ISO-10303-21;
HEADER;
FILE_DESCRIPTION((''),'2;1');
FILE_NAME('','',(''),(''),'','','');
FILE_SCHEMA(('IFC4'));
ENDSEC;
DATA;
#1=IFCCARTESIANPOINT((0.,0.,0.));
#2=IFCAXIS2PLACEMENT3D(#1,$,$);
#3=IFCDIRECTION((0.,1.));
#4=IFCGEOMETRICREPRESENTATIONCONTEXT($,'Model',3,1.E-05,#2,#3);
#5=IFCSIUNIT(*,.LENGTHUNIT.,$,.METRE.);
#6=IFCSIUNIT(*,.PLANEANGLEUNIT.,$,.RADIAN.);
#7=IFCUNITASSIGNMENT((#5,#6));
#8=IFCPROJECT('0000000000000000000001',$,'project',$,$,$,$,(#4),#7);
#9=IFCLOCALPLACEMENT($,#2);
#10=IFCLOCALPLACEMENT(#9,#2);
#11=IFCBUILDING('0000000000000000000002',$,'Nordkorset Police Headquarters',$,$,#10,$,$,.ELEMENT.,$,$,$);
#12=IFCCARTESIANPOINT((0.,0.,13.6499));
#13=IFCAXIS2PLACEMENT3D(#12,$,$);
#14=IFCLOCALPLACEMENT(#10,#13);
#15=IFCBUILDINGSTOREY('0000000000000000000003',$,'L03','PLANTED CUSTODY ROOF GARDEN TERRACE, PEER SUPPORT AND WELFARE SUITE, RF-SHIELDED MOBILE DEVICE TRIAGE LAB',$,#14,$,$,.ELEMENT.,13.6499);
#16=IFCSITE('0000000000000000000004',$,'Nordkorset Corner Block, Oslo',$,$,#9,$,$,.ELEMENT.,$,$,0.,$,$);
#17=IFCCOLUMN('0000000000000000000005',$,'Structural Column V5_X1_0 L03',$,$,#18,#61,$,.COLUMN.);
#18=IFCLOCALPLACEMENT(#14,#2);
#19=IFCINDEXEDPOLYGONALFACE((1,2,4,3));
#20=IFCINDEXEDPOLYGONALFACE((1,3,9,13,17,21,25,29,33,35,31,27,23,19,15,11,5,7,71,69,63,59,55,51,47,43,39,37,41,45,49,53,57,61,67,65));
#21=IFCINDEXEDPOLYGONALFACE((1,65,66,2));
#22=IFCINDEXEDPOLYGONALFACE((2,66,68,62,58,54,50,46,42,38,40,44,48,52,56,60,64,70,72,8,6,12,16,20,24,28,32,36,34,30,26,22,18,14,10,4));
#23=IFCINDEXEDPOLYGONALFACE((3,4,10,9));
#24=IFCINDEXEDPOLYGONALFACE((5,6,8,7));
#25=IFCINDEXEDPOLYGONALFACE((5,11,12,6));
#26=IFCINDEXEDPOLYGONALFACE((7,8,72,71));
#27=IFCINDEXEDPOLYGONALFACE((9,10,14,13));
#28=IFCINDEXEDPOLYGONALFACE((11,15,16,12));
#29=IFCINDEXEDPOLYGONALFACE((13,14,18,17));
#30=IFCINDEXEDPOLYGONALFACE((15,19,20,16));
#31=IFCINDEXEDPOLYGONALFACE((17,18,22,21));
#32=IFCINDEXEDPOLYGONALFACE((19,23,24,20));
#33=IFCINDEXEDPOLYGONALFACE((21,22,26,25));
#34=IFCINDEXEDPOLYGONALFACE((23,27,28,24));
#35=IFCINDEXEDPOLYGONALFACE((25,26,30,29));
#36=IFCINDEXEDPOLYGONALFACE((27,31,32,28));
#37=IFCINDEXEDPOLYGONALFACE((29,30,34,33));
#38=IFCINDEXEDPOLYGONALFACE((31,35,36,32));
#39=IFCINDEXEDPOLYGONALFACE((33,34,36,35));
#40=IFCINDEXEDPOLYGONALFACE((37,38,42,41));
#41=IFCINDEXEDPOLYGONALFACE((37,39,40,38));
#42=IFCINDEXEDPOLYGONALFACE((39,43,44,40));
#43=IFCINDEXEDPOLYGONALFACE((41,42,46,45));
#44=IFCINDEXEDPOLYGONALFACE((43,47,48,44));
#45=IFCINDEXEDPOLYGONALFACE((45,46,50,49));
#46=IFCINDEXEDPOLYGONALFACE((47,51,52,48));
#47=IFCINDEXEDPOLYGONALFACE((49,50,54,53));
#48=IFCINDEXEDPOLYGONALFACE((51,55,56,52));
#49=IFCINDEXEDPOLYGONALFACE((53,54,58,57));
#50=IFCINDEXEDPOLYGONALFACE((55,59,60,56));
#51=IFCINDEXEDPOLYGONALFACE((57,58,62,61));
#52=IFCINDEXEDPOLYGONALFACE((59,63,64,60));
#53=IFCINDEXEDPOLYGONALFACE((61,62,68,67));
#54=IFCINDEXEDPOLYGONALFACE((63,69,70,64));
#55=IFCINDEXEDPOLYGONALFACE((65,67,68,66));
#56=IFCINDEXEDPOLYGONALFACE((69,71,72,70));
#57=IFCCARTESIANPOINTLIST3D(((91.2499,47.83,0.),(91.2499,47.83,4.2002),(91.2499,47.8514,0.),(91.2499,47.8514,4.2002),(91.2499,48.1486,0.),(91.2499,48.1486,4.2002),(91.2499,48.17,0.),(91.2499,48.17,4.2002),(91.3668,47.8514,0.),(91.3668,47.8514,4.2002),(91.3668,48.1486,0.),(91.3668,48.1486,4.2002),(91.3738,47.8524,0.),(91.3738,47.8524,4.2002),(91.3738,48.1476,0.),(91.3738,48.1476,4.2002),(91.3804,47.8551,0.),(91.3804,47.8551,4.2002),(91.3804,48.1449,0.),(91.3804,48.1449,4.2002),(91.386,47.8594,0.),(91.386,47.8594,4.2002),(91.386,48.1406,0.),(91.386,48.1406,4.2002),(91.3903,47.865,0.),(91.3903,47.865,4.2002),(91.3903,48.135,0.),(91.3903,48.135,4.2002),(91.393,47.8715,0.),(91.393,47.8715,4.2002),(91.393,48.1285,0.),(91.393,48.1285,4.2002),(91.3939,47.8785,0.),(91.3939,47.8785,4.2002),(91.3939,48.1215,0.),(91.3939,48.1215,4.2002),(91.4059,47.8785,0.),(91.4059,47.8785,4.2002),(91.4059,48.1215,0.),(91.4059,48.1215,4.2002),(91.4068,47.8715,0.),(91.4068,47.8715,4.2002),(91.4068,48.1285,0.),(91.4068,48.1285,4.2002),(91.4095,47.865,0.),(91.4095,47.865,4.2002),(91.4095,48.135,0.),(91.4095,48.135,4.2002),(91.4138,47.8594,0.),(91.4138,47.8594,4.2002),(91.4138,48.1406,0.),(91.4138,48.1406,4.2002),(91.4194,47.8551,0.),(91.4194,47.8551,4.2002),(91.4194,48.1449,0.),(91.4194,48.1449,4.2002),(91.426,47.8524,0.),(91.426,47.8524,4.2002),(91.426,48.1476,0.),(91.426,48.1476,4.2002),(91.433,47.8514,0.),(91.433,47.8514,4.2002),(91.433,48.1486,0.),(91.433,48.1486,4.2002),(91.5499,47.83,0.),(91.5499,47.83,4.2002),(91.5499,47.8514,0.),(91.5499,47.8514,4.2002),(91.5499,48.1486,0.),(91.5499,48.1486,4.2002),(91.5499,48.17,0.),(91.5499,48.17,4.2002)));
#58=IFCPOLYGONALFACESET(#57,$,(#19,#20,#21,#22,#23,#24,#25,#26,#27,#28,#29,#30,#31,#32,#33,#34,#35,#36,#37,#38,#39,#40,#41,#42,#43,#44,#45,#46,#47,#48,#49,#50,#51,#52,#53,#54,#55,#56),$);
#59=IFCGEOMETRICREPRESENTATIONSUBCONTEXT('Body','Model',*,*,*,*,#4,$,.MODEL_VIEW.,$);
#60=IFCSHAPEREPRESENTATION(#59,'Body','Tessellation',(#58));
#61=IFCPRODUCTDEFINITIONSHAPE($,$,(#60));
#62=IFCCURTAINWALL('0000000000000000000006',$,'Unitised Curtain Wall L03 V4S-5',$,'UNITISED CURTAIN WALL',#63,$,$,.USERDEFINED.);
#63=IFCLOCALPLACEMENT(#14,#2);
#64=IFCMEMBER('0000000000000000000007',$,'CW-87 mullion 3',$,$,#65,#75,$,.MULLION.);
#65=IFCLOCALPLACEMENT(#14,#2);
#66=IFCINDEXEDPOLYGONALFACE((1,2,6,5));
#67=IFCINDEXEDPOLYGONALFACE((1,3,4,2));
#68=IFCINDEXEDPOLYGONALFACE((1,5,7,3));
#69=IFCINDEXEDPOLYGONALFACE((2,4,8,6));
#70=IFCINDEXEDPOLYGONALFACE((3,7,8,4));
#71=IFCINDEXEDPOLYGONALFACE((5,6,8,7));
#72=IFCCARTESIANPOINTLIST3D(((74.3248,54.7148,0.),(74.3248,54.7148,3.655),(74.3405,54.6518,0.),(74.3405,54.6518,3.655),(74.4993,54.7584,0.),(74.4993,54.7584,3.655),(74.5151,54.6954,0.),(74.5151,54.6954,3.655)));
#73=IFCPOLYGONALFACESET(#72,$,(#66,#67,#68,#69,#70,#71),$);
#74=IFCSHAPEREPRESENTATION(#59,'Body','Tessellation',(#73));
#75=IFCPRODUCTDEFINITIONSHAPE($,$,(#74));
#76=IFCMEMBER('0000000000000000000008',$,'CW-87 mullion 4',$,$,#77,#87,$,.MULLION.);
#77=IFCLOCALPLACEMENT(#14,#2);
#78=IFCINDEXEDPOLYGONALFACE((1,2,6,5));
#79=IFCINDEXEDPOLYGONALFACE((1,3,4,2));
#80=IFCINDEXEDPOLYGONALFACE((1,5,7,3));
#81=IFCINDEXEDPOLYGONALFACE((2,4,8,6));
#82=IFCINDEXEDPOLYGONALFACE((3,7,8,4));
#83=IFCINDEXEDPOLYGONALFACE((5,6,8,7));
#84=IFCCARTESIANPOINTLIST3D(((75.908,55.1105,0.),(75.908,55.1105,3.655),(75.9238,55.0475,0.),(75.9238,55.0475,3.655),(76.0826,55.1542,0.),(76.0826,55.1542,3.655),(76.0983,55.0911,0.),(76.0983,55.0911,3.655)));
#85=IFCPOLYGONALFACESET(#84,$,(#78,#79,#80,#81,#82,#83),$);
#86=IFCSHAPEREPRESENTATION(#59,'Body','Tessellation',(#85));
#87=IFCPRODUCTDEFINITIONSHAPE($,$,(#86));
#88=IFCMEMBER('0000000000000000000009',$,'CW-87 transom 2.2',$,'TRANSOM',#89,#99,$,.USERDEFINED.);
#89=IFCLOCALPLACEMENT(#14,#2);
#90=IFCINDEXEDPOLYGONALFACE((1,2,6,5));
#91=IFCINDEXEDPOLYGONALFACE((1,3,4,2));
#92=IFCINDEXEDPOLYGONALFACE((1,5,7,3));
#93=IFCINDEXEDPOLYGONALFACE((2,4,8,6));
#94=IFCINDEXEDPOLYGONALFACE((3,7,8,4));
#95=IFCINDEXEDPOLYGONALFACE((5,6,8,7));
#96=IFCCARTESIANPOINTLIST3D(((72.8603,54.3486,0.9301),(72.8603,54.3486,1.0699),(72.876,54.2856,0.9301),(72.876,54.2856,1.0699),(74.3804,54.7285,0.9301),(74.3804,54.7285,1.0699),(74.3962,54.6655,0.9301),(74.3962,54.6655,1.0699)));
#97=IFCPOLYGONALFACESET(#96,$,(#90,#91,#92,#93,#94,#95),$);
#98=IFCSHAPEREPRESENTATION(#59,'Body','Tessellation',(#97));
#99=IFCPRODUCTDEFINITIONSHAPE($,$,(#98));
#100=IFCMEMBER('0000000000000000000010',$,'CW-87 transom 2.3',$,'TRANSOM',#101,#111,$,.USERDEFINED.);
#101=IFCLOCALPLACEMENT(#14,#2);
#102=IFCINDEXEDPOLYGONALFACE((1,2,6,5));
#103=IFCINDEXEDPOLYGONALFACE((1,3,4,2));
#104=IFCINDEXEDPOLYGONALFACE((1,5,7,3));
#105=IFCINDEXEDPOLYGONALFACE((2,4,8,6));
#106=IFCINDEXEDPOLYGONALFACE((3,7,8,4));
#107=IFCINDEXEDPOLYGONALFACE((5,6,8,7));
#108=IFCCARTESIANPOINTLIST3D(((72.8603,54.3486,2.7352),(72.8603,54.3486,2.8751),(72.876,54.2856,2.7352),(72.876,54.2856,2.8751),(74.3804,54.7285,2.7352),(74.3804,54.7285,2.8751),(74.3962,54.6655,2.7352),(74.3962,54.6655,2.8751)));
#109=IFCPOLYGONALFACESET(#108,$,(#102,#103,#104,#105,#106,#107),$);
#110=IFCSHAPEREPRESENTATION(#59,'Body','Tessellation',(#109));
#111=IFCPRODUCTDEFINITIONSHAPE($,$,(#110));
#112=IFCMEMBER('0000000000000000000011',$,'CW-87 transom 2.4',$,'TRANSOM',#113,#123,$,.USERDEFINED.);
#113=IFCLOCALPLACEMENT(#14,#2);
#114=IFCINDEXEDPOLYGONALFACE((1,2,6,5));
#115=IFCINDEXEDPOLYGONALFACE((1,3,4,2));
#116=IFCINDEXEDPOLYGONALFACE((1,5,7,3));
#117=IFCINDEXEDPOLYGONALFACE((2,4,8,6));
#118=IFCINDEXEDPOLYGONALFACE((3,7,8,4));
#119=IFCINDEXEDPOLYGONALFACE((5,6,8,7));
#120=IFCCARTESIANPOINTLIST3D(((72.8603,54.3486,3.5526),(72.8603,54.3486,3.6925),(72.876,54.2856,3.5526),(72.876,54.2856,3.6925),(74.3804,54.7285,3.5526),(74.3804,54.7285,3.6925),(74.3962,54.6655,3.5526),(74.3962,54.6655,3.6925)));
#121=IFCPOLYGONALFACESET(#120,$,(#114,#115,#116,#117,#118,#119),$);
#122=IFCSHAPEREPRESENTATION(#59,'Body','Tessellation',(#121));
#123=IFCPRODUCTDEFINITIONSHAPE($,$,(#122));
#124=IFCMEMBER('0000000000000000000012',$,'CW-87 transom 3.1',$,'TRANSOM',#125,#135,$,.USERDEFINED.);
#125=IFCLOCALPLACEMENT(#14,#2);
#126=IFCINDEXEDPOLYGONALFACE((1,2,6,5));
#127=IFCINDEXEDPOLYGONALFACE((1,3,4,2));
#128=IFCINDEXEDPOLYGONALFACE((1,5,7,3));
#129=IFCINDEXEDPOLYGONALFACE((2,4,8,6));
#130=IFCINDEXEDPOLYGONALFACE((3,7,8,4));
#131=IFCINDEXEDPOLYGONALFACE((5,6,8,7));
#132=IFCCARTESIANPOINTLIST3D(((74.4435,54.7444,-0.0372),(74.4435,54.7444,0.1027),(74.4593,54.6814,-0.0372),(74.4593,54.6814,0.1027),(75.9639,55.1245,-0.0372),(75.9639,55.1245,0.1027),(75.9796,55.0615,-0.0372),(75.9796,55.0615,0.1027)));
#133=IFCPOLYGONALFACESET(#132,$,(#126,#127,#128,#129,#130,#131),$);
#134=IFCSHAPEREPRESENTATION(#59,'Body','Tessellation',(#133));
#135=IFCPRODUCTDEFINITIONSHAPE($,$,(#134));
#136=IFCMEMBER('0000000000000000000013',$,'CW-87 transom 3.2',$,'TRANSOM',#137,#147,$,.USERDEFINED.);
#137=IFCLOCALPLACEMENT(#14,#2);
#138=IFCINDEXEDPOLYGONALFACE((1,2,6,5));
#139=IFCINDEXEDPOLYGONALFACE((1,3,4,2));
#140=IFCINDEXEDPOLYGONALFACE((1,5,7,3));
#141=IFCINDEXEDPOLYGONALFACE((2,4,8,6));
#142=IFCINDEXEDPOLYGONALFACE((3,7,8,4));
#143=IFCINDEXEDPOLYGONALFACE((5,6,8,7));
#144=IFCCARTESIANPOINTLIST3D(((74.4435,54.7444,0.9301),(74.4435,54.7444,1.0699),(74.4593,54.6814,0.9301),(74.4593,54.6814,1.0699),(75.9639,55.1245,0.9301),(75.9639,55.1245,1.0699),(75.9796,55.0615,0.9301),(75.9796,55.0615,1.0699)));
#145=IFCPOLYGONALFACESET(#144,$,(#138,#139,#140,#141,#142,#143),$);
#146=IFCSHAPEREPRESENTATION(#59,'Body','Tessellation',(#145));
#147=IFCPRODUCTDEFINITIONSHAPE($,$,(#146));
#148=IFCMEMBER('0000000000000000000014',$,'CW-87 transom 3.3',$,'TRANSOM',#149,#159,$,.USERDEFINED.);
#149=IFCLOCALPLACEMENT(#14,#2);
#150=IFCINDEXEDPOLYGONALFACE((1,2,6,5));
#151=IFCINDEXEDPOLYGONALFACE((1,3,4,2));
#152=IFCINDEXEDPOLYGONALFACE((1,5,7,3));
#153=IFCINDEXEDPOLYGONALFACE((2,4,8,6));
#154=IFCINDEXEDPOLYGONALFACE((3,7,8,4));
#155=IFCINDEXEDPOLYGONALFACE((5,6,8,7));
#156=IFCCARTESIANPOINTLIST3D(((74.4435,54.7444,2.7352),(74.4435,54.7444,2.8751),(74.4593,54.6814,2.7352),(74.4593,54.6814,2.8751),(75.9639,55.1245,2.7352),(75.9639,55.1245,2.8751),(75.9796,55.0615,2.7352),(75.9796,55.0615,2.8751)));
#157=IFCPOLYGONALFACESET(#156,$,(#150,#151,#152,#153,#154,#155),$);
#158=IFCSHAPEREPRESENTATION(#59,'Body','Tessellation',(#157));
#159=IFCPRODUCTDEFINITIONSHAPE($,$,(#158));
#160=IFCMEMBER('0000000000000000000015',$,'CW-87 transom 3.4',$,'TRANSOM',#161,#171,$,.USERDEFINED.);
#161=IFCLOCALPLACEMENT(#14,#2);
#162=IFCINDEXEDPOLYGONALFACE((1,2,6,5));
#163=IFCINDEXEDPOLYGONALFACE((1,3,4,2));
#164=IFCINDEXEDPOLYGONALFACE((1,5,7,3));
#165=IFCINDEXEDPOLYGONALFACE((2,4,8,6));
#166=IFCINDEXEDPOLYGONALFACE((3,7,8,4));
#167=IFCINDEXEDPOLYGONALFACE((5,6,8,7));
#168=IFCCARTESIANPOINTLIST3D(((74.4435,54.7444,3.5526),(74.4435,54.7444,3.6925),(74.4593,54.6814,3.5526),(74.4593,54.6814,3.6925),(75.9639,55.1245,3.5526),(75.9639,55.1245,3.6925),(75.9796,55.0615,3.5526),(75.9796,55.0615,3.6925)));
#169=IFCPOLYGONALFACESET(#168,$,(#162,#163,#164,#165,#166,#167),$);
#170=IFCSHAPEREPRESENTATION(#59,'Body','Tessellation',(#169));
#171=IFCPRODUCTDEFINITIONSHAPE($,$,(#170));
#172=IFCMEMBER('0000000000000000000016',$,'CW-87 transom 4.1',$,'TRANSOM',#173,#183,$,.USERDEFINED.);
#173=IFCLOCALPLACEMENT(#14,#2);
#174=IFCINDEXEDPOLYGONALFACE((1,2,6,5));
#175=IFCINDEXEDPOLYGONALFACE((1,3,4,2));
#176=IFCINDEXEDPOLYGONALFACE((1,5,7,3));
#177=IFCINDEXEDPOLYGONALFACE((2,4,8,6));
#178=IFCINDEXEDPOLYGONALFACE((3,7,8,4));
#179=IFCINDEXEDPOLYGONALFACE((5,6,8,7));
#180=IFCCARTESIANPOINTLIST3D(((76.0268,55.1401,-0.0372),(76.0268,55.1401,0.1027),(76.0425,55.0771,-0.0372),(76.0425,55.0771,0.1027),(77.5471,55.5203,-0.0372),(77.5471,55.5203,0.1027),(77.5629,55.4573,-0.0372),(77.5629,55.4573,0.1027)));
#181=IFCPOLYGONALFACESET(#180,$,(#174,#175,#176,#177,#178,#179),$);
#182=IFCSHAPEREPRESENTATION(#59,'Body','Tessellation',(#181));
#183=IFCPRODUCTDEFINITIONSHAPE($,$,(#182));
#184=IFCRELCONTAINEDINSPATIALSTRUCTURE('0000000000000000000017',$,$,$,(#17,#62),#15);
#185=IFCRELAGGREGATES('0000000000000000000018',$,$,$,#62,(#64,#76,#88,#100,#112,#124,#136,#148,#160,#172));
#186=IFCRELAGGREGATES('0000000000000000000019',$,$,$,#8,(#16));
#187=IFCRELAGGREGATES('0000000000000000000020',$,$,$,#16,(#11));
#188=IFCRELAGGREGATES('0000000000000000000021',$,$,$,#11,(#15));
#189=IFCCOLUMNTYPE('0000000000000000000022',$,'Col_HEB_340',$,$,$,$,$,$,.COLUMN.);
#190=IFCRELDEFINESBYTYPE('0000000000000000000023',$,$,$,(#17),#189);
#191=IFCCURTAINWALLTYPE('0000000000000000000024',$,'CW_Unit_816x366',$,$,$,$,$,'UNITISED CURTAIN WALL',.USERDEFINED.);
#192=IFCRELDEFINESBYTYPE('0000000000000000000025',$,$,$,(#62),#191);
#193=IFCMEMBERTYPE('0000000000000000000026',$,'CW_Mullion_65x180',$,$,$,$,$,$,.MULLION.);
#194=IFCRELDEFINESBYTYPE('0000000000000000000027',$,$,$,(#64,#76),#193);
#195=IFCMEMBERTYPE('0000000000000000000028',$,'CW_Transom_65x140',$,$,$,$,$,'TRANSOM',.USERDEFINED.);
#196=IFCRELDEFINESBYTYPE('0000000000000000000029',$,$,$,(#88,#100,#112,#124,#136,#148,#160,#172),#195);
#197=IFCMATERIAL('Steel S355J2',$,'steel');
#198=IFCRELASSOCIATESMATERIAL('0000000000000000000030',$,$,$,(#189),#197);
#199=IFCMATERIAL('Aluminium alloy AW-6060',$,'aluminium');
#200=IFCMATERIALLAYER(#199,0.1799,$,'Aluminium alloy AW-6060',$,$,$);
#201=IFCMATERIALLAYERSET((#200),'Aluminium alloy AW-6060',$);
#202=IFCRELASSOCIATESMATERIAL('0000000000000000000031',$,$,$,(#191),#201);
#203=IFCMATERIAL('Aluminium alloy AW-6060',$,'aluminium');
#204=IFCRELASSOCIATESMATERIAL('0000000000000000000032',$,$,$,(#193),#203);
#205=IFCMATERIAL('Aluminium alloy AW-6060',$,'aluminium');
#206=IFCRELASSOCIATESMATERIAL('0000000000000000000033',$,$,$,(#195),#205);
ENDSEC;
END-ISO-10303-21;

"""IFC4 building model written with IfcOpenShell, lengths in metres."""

from ifc_helpers import new_model, si_unit, direction, frame, origin, origin_2d, place, context, subcontext, project, spatial, rectangle, i_section, extrude, material, layer, layer_set, material_profile, profile_set, type_object, element, aggregate, save


model = new_model("IFC4")

# Units and contexts
model_context = context("Model", 3, precision=1e-05, world=origin(), true_north=direction((0.0, 1.0)))
body_context = subcontext(model_context, "Body", "Model", "MODEL_VIEW")
ifc_project = project(units=[si_unit("LENGTHUNIT", "METRE"), si_unit("PLANEANGLEUNIT", "RADIAN")], contexts=[model_context])

# Site, building, storey
site_placement = place(None, origin())
site = spatial("IfcSite", under=ifc_project, at=site_placement, Name="Nordkorset Corner Block, Oslo", CompositionType="ELEMENT", RefElevation=0.0)
building_placement = place(site_placement, origin())
building = spatial("IfcBuilding", under=site, at=building_placement, Name="Nordkorset Police Headquarters", CompositionType="ELEMENT")
storey_placement = place(building_placement, frame((0.0, 0.0, 13.6499)))
storey = spatial("IfcBuildingStorey", under=building, at=storey_placement, Name="L03", Description="PLANTED CUSTODY ROOF GARDEN TERRACE, PEER SUPPORT AND WELFARE SUITE, RF-SHIELDED MOBILE DEVICE TRIAGE LAB", CompositionType="ELEMENT", Elevation=13.6499)

# Column
ifc_material_1 = material(Name="Steel S355J2", Category="steel")
ifc_material_profile_1 = material_profile(ifc_material_1, i_section(OverallWidth=0.3, OverallDepth=0.3401, WebThickness=0.012, FlangeThickness=0.0215, FilletRadius=0.0271, at=origin_2d()), Name="HEB 340")
ifc_profile_set_1 = profile_set([ifc_material_profile_1], Name="Steel S355J2")
column_type = type_object("IfcColumnType", Name="Col_HEB_340", PredefinedType="COLUMN", material=ifc_profile_set_1)
column_placement = place(storey_placement, frame((91.3999, 48.0, 0.0), z_axis=(0.0, 0.0, 1.0), x_axis=(1.0, 0.0, 0.0)))
element("IfcColumn", 1, at=column_placement, inside=storey, type_object=column_type, Name="Structural Column V5_X1_0 L03", PredefinedType="COLUMN", context=body_context, shape_type="SweptSolid", body=[
    extrude(i_section(OverallWidth=0.3, OverallDepth=0.3401, WebThickness=0.012, FlangeThickness=0.0215, FilletRadius=0.0271, at=origin_2d()), origin(), (0.0, 0.0, 1.0), 4.2002),
])

# Curtain wall, members
ifc_material_2 = material(Name="Aluminium alloy AW-6060", Category="aluminium")
ifc_layer_1 = layer(ifc_material_2, 0.1799, Name="Aluminium alloy AW-6060")
ifc_layer_set_1 = layer_set([ifc_layer_1], Name="Aluminium alloy AW-6060")
curtain_wall_type = type_object("IfcCurtainWallType", Name="CW_Unit_816x366", ElementType="UNITISED CURTAIN WALL", PredefinedType="USERDEFINED", material=ifc_layer_set_1)
curtain_wall_placement = place(storey_placement, origin())
curtain_wall = element("IfcCurtainWall", 2, at=curtain_wall_placement, inside=storey, type_object=curtain_wall_type, Name="Unitised Curtain Wall L03 V4S-5", ObjectType="UNITISED CURTAIN WALL", PredefinedType="USERDEFINED")
ifc_material_3 = material(Name="Aluminium alloy AW-6060", Category="aluminium")
ifc_material_profile_2 = material_profile(ifc_material_3, rectangle(XDim=0.0649, YDim=0.1799, at=origin_2d()), Name="ALU MULL 65x180")
ifc_profile_set_2 = profile_set([ifc_material_profile_2], Name="Aluminium alloy AW-6060")
member_type_1 = type_object("IfcMemberType", Name="CW_Mullion_65x180", PredefinedType="MULLION", material=ifc_profile_set_2)
member_1_placement = place(storey_placement, frame((74.4199, 54.7051, 0.0), z_axis=(0.0, 0.0, 1.0), x_axis=(-0.242536, 0.970143, 0.0)))
member_1 = element("IfcMember", 3, at=member_1_placement, type_object=member_type_1, Name="CW-87 mullion 3", PredefinedType="MULLION", context=body_context, shape_type="SweptSolid", body=[
    extrude(rectangle(XDim=0.0649, YDim=0.1799, at=origin_2d()), origin(), (0.0, 0.0, 1.0), 3.655),
])
member_2_placement = place(storey_placement, frame((76.0032, 55.1008, 0.0), z_axis=(0.0, 0.0, 1.0), x_axis=(-0.242536, 0.970143, 0.0)))
member_2 = element("IfcMember", 4, at=member_2_placement, type_object=member_type_1, Name="CW-87 mullion 4", PredefinedType="MULLION", context=body_context, shape_type="SweptSolid", body=[
    extrude(rectangle(XDim=0.0649, YDim=0.1799, at=origin_2d()), origin(), (0.0, 0.0, 1.0), 3.655),
])
ifc_material_4 = material(Name="Aluminium alloy AW-6060", Category="aluminium")
ifc_material_profile_3 = material_profile(ifc_material_4, rectangle(XDim=0.0649, YDim=0.1399, at=origin_2d()), Name="ALU TRAN 65x140")
ifc_profile_set_3 = profile_set([ifc_material_profile_3], Name="Aluminium alloy AW-6060")
member_type_2 = type_object("IfcMemberType", Name="CW_Transom_65x140", ElementType="TRANSOM", PredefinedType="USERDEFINED", material=ifc_profile_set_3)
member_3_placement = place(storey_placement, frame((72.8682, 54.3171, 1.0), z_axis=(0.97017, 0.242426, 0.0), x_axis=(-0.242426, 0.97017, 0.0)))
member_3 = element("IfcMember", 5, at=member_3_placement, type_object=member_type_2, Name="CW-87 transom 2.2", ObjectType="TRANSOM", PredefinedType="USERDEFINED", context=body_context, shape_type="SweptSolid", body=[
    extrude(rectangle(XDim=0.0649, YDim=0.1399, at=origin_2d()), origin(), (0.0, 0.0, 1.0), 1.5669),
])
member_4_placement = place(storey_placement, frame((72.8682, 54.3171, 2.8052), z_axis=(0.97017, 0.242426, 0.0), x_axis=(-0.242426, 0.97017, 0.0)))
member_4 = element("IfcMember", 6, at=member_4_placement, type_object=member_type_2, Name="CW-87 transom 2.3", ObjectType="TRANSOM", PredefinedType="USERDEFINED", context=body_context, shape_type="SweptSolid", body=[
    extrude(rectangle(XDim=0.0649, YDim=0.1399, at=origin_2d()), origin(), (0.0, 0.0, 1.0), 1.5669),
])
member_5_placement = place(storey_placement, frame((72.8682, 54.3171, 3.6226), z_axis=(0.97017, 0.242426, 0.0), x_axis=(-0.242426, 0.97017, 0.0)))
member_5 = element("IfcMember", 7, at=member_5_placement, type_object=member_type_2, Name="CW-87 transom 2.4", ObjectType="TRANSOM", PredefinedType="USERDEFINED", context=body_context, shape_type="SweptSolid", body=[
    extrude(rectangle(XDim=0.0649, YDim=0.1399, at=origin_2d()), origin(), (0.0, 0.0, 1.0), 1.5669),
])
member_6_placement = place(storey_placement, frame((74.4514, 54.7129, 0.0327), z_axis=(0.970133, 0.242572, 0.0), x_axis=(-0.242572, 0.970133, 0.0)))
member_6 = element("IfcMember", 8, at=member_6_placement, type_object=member_type_2, Name="CW-87 transom 3.1", ObjectType="TRANSOM", PredefinedType="USERDEFINED", context=body_context, shape_type="SweptSolid", body=[
    extrude(rectangle(XDim=0.0649, YDim=0.1399, at=origin_2d()), origin(), (0.0, 0.0, 1.0), 1.5671),
])
member_7_placement = place(storey_placement, frame((74.4514, 54.7129, 1.0), z_axis=(0.970133, 0.242572, 0.0), x_axis=(-0.242572, 0.970133, 0.0)))
member_7 = element("IfcMember", 9, at=member_7_placement, type_object=member_type_2, Name="CW-87 transom 3.2", ObjectType="TRANSOM", PredefinedType="USERDEFINED", context=body_context, shape_type="SweptSolid", body=[
    extrude(rectangle(XDim=0.0649, YDim=0.1399, at=origin_2d()), origin(), (0.0, 0.0, 1.0), 1.5671),
])
member_8_placement = place(storey_placement, frame((74.4514, 54.7129, 2.8052), z_axis=(0.970133, 0.242572, 0.0), x_axis=(-0.242572, 0.970133, 0.0)))
member_8 = element("IfcMember", 10, at=member_8_placement, type_object=member_type_2, Name="CW-87 transom 3.3", ObjectType="TRANSOM", PredefinedType="USERDEFINED", context=body_context, shape_type="SweptSolid", body=[
    extrude(rectangle(XDim=0.0649, YDim=0.1399, at=origin_2d()), origin(), (0.0, 0.0, 1.0), 1.5671),
])
member_9_placement = place(storey_placement, frame((74.4514, 54.7129, 3.6226), z_axis=(0.970133, 0.242572, 0.0), x_axis=(-0.242572, 0.970133, 0.0)))
member_9 = element("IfcMember", 11, at=member_9_placement, type_object=member_type_2, Name="CW-87 transom 3.4", ObjectType="TRANSOM", PredefinedType="USERDEFINED", context=body_context, shape_type="SweptSolid", body=[
    extrude(rectangle(XDim=0.0649, YDim=0.1399, at=origin_2d()), origin(), (0.0, 0.0, 1.0), 1.5671),
])
member_10_placement = place(storey_placement, frame((76.0347, 55.1086, 0.0327), z_axis=(0.970133, 0.242572, 0.0), x_axis=(-0.242572, 0.970133, 0.0)))
member_10 = element("IfcMember", 12, at=member_10_placement, type_object=member_type_2, Name="CW-87 transom 4.1", ObjectType="TRANSOM", PredefinedType="USERDEFINED", context=body_context, shape_type="SweptSolid", body=[
    extrude(rectangle(XDim=0.0649, YDim=0.1399, at=origin_2d()), origin(), (0.0, 0.0, 1.0), 1.5671),
])

aggregate(curtain_wall, [member_1, member_2, member_3, member_4, member_5, member_6, member_7, member_8, member_9, member_10])

save(model, "model.ifc")
